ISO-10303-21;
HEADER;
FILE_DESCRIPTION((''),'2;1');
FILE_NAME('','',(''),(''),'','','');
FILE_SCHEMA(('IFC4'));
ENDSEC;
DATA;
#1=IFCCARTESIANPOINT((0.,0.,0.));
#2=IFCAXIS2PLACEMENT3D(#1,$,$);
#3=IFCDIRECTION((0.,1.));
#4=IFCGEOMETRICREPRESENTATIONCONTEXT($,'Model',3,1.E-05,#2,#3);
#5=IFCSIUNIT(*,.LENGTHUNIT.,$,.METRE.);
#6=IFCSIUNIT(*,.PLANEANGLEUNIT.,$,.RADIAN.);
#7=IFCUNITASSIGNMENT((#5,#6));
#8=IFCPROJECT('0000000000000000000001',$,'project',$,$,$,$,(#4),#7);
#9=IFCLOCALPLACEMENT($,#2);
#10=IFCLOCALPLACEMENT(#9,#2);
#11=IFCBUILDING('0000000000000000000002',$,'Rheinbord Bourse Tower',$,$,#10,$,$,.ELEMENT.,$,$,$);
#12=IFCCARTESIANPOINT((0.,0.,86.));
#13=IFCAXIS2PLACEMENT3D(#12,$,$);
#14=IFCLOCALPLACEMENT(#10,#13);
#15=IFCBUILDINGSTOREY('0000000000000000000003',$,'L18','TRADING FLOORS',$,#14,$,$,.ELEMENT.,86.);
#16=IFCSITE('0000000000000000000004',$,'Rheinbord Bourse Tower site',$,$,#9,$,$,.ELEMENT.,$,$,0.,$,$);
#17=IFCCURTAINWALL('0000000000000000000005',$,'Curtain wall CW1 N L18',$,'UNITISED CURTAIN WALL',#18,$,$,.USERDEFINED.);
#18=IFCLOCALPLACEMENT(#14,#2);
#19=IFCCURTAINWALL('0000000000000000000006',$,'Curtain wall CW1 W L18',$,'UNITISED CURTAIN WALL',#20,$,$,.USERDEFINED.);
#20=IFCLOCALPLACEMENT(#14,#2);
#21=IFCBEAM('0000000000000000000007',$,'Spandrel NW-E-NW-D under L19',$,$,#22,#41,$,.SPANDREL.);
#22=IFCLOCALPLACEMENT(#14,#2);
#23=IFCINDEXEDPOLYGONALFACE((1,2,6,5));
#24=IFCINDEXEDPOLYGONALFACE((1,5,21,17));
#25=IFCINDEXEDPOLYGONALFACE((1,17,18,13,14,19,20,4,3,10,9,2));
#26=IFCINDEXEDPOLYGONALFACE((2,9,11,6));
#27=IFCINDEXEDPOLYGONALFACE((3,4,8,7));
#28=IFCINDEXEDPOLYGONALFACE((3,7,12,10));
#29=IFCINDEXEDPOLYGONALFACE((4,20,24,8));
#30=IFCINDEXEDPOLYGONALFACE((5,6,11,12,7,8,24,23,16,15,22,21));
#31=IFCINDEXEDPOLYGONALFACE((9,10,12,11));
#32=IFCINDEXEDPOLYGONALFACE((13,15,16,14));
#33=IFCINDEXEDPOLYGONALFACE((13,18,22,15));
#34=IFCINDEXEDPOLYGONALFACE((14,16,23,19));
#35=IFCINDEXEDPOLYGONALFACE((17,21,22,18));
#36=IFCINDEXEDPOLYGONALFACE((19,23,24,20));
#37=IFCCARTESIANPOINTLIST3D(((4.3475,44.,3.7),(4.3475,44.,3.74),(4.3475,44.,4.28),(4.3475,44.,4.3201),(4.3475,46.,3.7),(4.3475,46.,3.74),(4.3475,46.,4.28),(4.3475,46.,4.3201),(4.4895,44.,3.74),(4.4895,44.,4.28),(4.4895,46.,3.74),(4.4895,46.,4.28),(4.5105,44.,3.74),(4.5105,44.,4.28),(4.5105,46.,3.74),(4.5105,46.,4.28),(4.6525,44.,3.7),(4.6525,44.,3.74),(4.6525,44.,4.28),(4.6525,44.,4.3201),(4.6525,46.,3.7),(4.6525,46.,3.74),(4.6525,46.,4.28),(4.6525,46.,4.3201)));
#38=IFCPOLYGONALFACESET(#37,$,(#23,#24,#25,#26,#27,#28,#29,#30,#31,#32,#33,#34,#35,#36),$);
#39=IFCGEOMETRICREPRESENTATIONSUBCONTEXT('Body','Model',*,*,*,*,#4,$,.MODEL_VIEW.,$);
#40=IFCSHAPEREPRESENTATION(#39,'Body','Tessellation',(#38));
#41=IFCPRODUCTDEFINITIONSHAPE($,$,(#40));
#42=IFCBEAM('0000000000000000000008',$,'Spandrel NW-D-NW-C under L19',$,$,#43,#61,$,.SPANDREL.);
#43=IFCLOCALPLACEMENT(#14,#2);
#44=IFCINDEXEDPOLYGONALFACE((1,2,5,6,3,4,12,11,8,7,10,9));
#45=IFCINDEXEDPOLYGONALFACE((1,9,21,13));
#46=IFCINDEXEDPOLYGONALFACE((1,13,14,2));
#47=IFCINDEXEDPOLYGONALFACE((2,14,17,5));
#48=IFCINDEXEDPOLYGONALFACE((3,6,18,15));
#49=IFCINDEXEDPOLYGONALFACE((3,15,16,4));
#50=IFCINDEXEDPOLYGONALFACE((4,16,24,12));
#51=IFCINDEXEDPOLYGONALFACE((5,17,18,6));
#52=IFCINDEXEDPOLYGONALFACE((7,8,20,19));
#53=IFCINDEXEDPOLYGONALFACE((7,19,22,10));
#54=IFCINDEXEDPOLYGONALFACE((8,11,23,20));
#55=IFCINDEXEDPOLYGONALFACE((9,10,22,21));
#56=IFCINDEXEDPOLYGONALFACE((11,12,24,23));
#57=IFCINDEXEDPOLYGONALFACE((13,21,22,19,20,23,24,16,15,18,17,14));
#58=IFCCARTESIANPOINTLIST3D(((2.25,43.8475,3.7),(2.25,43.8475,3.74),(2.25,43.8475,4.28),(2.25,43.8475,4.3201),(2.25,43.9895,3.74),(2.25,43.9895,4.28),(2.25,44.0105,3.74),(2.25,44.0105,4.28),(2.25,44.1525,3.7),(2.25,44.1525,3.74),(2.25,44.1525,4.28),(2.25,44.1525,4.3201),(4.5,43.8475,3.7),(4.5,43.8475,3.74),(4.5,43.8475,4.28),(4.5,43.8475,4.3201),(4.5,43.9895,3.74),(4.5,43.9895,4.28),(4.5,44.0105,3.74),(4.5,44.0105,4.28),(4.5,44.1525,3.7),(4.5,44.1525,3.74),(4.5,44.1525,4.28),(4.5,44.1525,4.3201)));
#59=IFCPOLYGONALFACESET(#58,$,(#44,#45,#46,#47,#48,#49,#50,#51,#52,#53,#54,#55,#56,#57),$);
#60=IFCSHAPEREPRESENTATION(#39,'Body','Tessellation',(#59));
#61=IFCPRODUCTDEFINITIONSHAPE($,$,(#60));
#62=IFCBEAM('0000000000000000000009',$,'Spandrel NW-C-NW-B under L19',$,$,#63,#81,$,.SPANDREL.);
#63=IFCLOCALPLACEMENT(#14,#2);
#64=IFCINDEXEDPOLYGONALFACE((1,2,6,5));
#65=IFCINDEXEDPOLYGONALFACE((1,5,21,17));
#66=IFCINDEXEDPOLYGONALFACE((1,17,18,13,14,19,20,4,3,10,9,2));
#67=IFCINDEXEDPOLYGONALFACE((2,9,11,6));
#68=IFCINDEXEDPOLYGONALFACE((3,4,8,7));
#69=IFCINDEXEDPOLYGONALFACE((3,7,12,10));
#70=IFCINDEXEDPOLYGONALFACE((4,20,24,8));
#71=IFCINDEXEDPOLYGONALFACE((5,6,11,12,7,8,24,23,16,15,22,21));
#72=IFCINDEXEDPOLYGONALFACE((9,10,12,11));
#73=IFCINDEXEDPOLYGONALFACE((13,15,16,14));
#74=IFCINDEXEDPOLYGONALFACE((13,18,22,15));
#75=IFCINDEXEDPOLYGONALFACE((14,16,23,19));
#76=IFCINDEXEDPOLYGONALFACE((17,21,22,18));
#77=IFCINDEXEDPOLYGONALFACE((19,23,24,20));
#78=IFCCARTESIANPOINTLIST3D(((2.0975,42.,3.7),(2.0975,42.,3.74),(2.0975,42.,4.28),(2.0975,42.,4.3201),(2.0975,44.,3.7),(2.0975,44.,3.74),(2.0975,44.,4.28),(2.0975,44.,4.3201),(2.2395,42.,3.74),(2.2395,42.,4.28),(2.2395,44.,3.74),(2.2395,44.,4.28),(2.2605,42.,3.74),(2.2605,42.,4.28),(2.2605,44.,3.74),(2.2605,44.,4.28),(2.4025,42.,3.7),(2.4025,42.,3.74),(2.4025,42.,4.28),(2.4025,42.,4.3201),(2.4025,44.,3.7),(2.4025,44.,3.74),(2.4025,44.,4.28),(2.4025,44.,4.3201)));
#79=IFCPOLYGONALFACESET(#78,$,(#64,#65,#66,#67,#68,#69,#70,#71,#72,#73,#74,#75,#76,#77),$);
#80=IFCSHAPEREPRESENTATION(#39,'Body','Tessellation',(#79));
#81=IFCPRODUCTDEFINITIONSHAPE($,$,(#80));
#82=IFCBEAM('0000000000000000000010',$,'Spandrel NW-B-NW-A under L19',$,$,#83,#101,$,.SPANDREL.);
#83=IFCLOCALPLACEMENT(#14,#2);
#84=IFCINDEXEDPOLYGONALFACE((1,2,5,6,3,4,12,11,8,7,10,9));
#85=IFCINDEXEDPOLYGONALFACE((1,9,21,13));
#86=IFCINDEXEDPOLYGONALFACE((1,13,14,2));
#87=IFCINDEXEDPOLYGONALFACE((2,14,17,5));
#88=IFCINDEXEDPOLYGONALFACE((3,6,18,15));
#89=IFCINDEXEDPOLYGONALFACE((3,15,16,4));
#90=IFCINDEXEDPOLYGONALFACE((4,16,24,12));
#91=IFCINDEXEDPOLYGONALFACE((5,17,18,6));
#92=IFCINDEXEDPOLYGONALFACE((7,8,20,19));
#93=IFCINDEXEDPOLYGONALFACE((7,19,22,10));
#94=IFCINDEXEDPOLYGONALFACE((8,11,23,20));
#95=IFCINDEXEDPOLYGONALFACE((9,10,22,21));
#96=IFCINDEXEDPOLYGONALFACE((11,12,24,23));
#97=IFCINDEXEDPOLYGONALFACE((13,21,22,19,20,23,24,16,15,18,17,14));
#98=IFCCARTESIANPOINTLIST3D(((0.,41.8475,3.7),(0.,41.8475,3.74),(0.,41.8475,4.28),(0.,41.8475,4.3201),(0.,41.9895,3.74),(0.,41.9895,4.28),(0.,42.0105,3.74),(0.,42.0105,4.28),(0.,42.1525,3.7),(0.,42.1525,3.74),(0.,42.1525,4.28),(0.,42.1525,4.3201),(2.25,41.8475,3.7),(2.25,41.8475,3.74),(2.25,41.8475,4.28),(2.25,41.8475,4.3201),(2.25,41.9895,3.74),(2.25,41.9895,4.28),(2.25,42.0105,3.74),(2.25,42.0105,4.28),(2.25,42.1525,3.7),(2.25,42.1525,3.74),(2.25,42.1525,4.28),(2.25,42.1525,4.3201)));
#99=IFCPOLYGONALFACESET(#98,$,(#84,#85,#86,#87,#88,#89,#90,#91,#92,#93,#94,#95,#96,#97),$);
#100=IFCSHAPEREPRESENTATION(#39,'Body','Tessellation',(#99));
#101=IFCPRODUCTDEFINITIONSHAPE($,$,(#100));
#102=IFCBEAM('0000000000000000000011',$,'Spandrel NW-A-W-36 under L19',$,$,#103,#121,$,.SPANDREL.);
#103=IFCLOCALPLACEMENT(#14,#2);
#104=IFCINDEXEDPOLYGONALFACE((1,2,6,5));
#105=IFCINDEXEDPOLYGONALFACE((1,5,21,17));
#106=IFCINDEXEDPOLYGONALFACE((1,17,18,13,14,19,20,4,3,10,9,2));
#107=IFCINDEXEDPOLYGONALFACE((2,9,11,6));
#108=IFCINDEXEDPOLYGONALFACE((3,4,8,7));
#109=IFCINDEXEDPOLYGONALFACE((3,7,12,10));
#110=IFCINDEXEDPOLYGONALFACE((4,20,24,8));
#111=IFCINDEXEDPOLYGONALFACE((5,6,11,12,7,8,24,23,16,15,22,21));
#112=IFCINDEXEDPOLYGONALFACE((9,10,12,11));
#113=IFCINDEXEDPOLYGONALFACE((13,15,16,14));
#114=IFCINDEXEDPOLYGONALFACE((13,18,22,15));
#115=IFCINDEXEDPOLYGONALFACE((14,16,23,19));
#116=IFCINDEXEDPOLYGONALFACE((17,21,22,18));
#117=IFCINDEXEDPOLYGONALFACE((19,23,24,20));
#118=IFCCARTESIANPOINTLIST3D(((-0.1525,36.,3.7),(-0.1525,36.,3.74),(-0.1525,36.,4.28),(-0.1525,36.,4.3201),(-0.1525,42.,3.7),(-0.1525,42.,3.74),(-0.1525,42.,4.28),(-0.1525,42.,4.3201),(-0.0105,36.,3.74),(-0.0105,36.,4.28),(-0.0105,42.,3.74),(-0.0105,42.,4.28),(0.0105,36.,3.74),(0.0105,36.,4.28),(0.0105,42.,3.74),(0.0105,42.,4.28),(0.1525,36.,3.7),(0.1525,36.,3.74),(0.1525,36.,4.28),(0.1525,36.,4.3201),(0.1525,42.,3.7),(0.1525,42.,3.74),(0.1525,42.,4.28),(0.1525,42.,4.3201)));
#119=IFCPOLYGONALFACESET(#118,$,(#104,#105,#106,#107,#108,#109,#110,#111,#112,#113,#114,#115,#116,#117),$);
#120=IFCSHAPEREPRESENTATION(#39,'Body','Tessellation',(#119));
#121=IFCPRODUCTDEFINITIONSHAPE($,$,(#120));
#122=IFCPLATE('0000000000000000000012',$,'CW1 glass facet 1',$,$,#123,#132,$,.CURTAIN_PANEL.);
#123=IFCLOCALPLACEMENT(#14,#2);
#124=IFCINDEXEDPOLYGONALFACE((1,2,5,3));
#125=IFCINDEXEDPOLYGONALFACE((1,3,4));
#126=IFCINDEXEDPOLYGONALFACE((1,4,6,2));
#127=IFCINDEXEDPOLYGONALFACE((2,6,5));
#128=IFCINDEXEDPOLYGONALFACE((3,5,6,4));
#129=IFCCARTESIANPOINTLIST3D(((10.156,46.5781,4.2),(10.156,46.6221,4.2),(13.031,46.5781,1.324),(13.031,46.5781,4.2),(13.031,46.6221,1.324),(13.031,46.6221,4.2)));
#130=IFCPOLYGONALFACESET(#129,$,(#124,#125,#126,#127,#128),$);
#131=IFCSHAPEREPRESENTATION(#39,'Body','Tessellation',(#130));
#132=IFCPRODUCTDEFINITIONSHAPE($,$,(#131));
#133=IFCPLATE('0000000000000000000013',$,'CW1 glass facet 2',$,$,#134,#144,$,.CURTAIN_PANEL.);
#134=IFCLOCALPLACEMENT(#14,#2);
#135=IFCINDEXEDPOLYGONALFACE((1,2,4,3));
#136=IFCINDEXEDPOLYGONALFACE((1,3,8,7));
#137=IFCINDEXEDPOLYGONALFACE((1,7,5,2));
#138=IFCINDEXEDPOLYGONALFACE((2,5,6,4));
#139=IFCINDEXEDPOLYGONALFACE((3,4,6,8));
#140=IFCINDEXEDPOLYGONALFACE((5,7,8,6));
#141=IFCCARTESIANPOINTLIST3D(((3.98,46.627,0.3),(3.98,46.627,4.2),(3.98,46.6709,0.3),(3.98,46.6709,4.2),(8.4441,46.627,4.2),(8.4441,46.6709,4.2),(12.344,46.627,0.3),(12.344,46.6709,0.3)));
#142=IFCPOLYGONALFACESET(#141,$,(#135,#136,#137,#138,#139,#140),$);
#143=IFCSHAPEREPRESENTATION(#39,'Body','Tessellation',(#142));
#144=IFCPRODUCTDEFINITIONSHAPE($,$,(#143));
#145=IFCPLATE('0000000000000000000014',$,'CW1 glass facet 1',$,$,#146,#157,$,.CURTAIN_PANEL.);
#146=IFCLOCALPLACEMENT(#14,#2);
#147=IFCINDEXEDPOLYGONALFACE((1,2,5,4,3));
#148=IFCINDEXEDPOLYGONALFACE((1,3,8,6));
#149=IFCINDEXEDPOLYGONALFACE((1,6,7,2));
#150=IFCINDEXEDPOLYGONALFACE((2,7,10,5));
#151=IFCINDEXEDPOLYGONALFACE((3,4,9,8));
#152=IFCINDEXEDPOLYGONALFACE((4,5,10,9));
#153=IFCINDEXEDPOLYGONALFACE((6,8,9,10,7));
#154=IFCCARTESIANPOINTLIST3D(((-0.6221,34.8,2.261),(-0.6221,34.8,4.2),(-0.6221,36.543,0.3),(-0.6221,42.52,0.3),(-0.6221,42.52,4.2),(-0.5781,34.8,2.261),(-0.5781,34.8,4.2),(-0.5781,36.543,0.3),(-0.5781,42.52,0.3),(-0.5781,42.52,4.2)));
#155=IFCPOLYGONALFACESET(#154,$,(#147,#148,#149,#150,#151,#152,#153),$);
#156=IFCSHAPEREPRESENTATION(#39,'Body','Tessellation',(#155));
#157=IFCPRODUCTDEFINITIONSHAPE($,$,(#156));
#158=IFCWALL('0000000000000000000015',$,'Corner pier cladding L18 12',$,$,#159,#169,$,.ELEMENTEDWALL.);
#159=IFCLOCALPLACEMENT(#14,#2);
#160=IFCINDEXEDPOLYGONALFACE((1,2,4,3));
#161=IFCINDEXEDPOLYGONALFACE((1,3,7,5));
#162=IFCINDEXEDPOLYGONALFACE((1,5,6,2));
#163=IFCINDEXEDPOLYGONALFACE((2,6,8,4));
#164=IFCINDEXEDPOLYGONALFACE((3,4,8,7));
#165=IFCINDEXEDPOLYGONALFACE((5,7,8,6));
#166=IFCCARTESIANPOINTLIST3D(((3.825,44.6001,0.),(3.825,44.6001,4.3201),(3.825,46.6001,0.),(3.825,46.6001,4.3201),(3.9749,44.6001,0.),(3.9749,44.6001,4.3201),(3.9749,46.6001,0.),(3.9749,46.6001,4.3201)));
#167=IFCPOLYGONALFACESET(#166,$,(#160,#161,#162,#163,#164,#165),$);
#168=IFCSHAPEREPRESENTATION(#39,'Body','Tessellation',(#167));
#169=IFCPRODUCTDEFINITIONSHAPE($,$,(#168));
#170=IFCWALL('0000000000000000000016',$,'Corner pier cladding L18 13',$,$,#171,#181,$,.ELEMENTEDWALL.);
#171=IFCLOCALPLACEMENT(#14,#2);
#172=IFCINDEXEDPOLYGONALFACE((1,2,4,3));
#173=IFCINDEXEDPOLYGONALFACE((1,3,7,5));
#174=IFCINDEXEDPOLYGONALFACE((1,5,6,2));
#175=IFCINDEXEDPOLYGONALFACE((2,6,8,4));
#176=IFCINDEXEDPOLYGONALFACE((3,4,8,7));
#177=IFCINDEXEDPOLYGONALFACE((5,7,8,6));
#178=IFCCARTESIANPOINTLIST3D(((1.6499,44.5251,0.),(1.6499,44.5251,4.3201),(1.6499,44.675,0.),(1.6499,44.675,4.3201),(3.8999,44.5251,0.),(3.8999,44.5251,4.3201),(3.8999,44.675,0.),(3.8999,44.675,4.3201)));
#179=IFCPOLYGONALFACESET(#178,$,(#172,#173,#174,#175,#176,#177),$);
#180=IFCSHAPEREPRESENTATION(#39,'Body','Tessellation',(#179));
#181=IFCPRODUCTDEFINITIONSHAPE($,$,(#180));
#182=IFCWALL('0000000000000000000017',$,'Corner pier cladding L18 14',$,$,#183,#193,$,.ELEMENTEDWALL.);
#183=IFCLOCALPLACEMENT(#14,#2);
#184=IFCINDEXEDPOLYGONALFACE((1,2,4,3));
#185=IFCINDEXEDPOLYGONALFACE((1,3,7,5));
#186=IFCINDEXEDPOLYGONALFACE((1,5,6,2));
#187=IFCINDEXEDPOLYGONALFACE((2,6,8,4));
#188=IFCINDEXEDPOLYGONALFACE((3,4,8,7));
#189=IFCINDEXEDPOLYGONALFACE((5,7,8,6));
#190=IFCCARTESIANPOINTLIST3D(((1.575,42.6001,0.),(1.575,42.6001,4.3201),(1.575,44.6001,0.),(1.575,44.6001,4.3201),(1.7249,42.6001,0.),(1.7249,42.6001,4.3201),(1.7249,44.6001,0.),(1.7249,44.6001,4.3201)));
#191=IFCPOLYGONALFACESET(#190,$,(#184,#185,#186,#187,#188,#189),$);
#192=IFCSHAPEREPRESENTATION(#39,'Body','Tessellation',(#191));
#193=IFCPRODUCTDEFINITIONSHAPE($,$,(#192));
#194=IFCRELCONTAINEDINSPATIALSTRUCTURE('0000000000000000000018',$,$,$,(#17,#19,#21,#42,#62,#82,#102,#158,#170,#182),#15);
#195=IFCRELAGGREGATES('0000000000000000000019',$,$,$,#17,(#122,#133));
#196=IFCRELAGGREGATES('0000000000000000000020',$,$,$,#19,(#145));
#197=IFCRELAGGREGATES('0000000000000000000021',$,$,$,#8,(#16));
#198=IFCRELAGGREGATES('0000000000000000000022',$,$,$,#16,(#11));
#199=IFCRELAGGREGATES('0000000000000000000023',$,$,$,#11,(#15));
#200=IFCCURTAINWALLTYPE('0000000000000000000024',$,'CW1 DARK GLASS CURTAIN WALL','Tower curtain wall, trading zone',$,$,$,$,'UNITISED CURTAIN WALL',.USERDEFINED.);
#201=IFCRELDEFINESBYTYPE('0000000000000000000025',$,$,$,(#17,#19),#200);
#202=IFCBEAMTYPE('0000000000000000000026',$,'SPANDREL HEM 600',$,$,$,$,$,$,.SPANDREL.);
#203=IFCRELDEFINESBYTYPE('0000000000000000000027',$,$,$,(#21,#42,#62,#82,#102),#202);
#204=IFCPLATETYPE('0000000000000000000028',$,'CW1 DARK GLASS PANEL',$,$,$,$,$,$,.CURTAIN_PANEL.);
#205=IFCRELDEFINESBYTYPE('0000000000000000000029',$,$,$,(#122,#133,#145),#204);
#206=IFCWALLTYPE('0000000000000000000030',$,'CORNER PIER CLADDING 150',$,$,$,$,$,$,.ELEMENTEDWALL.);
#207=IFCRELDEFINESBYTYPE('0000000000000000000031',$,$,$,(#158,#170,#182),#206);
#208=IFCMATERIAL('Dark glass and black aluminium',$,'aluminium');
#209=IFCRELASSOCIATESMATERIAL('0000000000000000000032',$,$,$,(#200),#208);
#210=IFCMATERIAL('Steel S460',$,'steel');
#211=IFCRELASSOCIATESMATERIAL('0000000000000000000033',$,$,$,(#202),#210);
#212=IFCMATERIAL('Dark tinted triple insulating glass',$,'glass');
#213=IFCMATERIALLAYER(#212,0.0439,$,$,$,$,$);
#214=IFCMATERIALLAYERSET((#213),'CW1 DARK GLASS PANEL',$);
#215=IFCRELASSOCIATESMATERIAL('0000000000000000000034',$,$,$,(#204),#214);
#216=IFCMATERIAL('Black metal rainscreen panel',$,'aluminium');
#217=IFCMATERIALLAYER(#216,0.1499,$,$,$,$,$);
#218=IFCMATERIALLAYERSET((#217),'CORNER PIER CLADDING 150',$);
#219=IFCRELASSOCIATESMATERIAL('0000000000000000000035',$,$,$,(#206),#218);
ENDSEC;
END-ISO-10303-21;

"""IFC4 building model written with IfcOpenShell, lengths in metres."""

from ifc_helpers import new_model, si_unit, direction, frame, frame_2d, origin, origin_2d, place, context, subcontext, project, spatial, polyline, rectangle, i_section, outline, extrude, material, layer, layer_set, material_profile, profile_set, type_object, element, aggregate, save


model = new_model("IFC4")

# Units and contexts
model_context = context("Model", 3, precision=1e-05, world=origin(), true_north=direction((0.0, 1.0)))
body_context = subcontext(model_context, "Body", "Model", "MODEL_VIEW")
ifc_project = project(units=[si_unit("LENGTHUNIT", "METRE"), si_unit("PLANEANGLEUNIT", "RADIAN")], contexts=[model_context])

# Site, building, storey
site_placement = place(None, origin())
site = spatial("IfcSite", under=ifc_project, at=site_placement, Name="Rheinbord Bourse Tower site", CompositionType="ELEMENT", RefElevation=0.0)
building_placement = place(site_placement, origin())
building = spatial("IfcBuilding", under=site, at=building_placement, Name="Rheinbord Bourse Tower", CompositionType="ELEMENT")
storey_placement = place(building_placement, frame((0.0, 0.0, 86.0)))
storey = spatial("IfcBuildingStorey", under=building, at=storey_placement, Name="L18", Description="TRADING FLOORS", CompositionType="ELEMENT", Elevation=86.0)

# Curtain wall
ifc_material_1 = material(Name="Dark glass and black aluminium", Category="aluminium")
curtain_wall_type = type_object("IfcCurtainWallType", Name="CW1 DARK GLASS CURTAIN WALL", Description="Tower curtain wall, trading zone", ElementType="UNITISED CURTAIN WALL", PredefinedType="USERDEFINED", material=ifc_material_1)
curtain_wall_1_placement = place(storey_placement, origin())
curtain_wall_1 = element("IfcCurtainWall", 1, at=curtain_wall_1_placement, inside=storey, type_object=curtain_wall_type, Name="Curtain wall CW1 N L18", ObjectType="UNITISED CURTAIN WALL", PredefinedType="USERDEFINED")

# Curtain wall
curtain_wall_2_placement = place(storey_placement, origin())
curtain_wall_2 = element("IfcCurtainWall", 2, at=curtain_wall_2_placement, inside=storey, type_object=curtain_wall_type, Name="Curtain wall CW1 W L18", ObjectType="UNITISED CURTAIN WALL", PredefinedType="USERDEFINED")

# Beams
ifc_material_2 = material(Name="Steel S460", Category="steel")
ifc_material_profile_1 = material_profile(ifc_material_2, i_section(OverallWidth=0.3049, OverallDepth=0.6201, WebThickness=0.021, FlangeThickness=0.04, at=origin_2d()), Name="HEM 600")
ifc_profile_set_1 = profile_set([ifc_material_profile_1], Name="Steel S460")
beam_type_1 = type_object("IfcBeamType", Name="SPANDREL HEM 600", PredefinedType="SPANDREL", material=ifc_profile_set_1)
beam_1_placement = place(storey_placement, frame((4.5, 46.0, 4.01), z_axis=(0.0, -1.0, 0.0), x_axis=(1.0, 0.0, 0.0)))
element("IfcBeam", 3, at=beam_1_placement, inside=storey, type_object=beam_type_1, Name="Spandrel NW-E-NW-D under L19", PredefinedType="SPANDREL", context=body_context, shape_type="SweptSolid", body=[
    extrude(i_section(OverallWidth=0.3049, OverallDepth=0.6201, WebThickness=0.021, FlangeThickness=0.04, at=origin_2d()), origin(), (0.0, 0.0, 1.0), 2.0),
])
beam_2_placement = place(storey_placement, frame((4.5, 44.0, 4.01), z_axis=(-1.0, 0.0, 0.0), x_axis=(0.0, -1.0, 0.0)))
element("IfcBeam", 4, at=beam_2_placement, inside=storey, type_object=beam_type_1, Name="Spandrel NW-D-NW-C under L19", PredefinedType="SPANDREL", context=body_context, shape_type="SweptSolid", body=[
    extrude(i_section(OverallWidth=0.3049, OverallDepth=0.6201, WebThickness=0.021, FlangeThickness=0.04, at=origin_2d()), origin(), (0.0, 0.0, 1.0), 2.25),
])
beam_3_placement = place(storey_placement, frame((2.25, 44.0, 4.01), z_axis=(0.0, -1.0, 0.0), x_axis=(1.0, 0.0, 0.0)))
element("IfcBeam", 5, at=beam_3_placement, inside=storey, type_object=beam_type_1, Name="Spandrel NW-C-NW-B under L19", PredefinedType="SPANDREL", context=body_context, shape_type="SweptSolid", body=[
    extrude(i_section(OverallWidth=0.3049, OverallDepth=0.6201, WebThickness=0.021, FlangeThickness=0.04, at=origin_2d()), origin(), (0.0, 0.0, 1.0), 2.0),
])
beam_4_placement = place(storey_placement, frame((2.25, 42.0, 4.01), z_axis=(-1.0, 0.0, 0.0), x_axis=(0.0, -1.0, 0.0)))
element("IfcBeam", 6, at=beam_4_placement, inside=storey, type_object=beam_type_1, Name="Spandrel NW-B-NW-A under L19", PredefinedType="SPANDREL", context=body_context, shape_type="SweptSolid", body=[
    extrude(i_section(OverallWidth=0.3049, OverallDepth=0.6201, WebThickness=0.021, FlangeThickness=0.04, at=origin_2d()), origin(), (0.0, 0.0, 1.0), 2.25),
])
beam_5_placement = place(storey_placement, frame((0.0, 42.0, 4.01), z_axis=(0.0, -1.0, 0.0), x_axis=(1.0, 0.0, 0.0)))
element("IfcBeam", 7, at=beam_5_placement, inside=storey, type_object=beam_type_1, Name="Spandrel NW-A-W-36 under L19", PredefinedType="SPANDREL", context=body_context, shape_type="SweptSolid", body=[
    extrude(i_section(OverallWidth=0.3049, OverallDepth=0.6201, WebThickness=0.021, FlangeThickness=0.04, at=origin_2d()), origin(), (0.0, 0.0, 1.0), 6.0),
])

# Plates
ifc_material_3 = material(Name="Dark tinted triple insulating glass", Category="glass")
ifc_layer_1 = layer(ifc_material_3, 0.0439)
ifc_layer_set_1 = layer_set([ifc_layer_1], Name="CW1 DARK GLASS PANEL")
plate_type = type_object("IfcPlateType", Name="CW1 DARK GLASS PANEL", PredefinedType="CURTAIN_PANEL", material=ifc_layer_set_1)
plate_1_placement = place(storey_placement, frame((13.031, 46.6221, 4.2), z_axis=(0.0, -1.0, 0.0), x_axis=(-1.0, 0.0, 0.0)))
plate_1 = element("IfcPlate", 8, at=plate_1_placement, type_object=plate_type, Name="CW1 glass facet 1", PredefinedType="CURTAIN_PANEL", context=body_context, shape_type="SweptSolid", body=[
    extrude(outline(polyline([(0.0, 0.0), (2.875, 0.0), (0.0, 2.876), (0.0, 0.0)])), origin(), (0.0, 0.0, 1.0), 0.0439),
])
plate_2_placement = place(storey_placement, frame((3.98, 46.6709, 4.2), z_axis=(0.0, -1.0, 0.0), x_axis=(0.0, 0.0, -1.0)))
plate_2 = element("IfcPlate", 9, at=plate_2_placement, type_object=plate_type, Name="CW1 glass facet 2", PredefinedType="CURTAIN_PANEL", context=body_context, shape_type="SweptSolid", body=[
    extrude(outline(polyline([(0.0, 0.0), (3.8999, 0.0), (3.8999, 8.364), (0.0, 4.4641), (0.0, 0.0)])), origin(), (0.0, 0.0, 1.0), 0.0439),
])
aggregate(curtain_wall_1, [plate_1, plate_2])
plate_3_placement = place(storey_placement, frame((-0.6221, 42.52, 0.3), z_axis=(1.0, 0.0, 0.0), x_axis=(0.0, 0.0, 1.0)))
plate_3 = element("IfcPlate", 10, at=plate_3_placement, type_object=plate_type, Name="CW1 glass facet 1", PredefinedType="CURTAIN_PANEL", context=body_context, shape_type="SweptSolid", body=[
    extrude(outline(polyline([(0.0, 0.0), (3.8999, 0.0), (3.8999, 7.72), (1.9609, 7.72), (0.0, 5.9771), (0.0, 0.0)])), origin(), (0.0, 0.0, 1.0), 0.0439),
])
aggregate(curtain_wall_2, [plate_3])

# Walls
ifc_material_4 = material(Name="Black metal rainscreen panel", Category="aluminium")
ifc_layer_2 = layer(ifc_material_4, 0.1499)
ifc_layer_set_2 = layer_set([ifc_layer_2], Name="CORNER PIER CLADDING 150")
wall_type = type_object("IfcWallType", Name="CORNER PIER CLADDING 150", PredefinedType="ELEMENTEDWALL", material=ifc_layer_set_2)
wall_1_placement = place(storey_placement, frame((3.8999, 46.6001, 0.0), z_axis=(0.0, 0.0, 1.0), x_axis=(0.0, -1.0, 0.0)))
element("IfcWall", 11, at=wall_1_placement, inside=storey, type_object=wall_type, Name="Corner pier cladding L18 12", PredefinedType="ELEMENTEDWALL", context=body_context, shape_type="SweptSolid", body=[
    extrude(rectangle(XDim=2.0, YDim=0.1499, at=frame_2d((1.0, 0.0))), origin(), (0.0, 0.0, 1.0), 4.3201),
])
wall_2_placement = place(storey_placement, frame((3.8999, 44.6001, 0.0), z_axis=(0.0, 0.0, 1.0), x_axis=(-1.0, 0.0, 0.0)))
element("IfcWall", 12, at=wall_2_placement, inside=storey, type_object=wall_type, Name="Corner pier cladding L18 13", PredefinedType="ELEMENTEDWALL", context=body_context, shape_type="SweptSolid", body=[
    extrude(rectangle(XDim=2.25, YDim=0.1499, at=frame_2d((1.125, 0.0))), origin(), (0.0, 0.0, 1.0), 4.3201),
])
wall_3_placement = place(storey_placement, frame((1.6499, 44.6001, 0.0), z_axis=(0.0, 0.0, 1.0), x_axis=(0.0, -1.0, 0.0)))
element("IfcWall", 13, at=wall_3_placement, inside=storey, type_object=wall_type, Name="Corner pier cladding L18 14", PredefinedType="ELEMENTEDWALL", context=body_context, shape_type="SweptSolid", body=[
    extrude(rectangle(XDim=2.0, YDim=0.1499, at=frame_2d((1.0, 0.0))), origin(), (0.0, 0.0, 1.0), 4.3201),
])

save(model, "model.ifc")
